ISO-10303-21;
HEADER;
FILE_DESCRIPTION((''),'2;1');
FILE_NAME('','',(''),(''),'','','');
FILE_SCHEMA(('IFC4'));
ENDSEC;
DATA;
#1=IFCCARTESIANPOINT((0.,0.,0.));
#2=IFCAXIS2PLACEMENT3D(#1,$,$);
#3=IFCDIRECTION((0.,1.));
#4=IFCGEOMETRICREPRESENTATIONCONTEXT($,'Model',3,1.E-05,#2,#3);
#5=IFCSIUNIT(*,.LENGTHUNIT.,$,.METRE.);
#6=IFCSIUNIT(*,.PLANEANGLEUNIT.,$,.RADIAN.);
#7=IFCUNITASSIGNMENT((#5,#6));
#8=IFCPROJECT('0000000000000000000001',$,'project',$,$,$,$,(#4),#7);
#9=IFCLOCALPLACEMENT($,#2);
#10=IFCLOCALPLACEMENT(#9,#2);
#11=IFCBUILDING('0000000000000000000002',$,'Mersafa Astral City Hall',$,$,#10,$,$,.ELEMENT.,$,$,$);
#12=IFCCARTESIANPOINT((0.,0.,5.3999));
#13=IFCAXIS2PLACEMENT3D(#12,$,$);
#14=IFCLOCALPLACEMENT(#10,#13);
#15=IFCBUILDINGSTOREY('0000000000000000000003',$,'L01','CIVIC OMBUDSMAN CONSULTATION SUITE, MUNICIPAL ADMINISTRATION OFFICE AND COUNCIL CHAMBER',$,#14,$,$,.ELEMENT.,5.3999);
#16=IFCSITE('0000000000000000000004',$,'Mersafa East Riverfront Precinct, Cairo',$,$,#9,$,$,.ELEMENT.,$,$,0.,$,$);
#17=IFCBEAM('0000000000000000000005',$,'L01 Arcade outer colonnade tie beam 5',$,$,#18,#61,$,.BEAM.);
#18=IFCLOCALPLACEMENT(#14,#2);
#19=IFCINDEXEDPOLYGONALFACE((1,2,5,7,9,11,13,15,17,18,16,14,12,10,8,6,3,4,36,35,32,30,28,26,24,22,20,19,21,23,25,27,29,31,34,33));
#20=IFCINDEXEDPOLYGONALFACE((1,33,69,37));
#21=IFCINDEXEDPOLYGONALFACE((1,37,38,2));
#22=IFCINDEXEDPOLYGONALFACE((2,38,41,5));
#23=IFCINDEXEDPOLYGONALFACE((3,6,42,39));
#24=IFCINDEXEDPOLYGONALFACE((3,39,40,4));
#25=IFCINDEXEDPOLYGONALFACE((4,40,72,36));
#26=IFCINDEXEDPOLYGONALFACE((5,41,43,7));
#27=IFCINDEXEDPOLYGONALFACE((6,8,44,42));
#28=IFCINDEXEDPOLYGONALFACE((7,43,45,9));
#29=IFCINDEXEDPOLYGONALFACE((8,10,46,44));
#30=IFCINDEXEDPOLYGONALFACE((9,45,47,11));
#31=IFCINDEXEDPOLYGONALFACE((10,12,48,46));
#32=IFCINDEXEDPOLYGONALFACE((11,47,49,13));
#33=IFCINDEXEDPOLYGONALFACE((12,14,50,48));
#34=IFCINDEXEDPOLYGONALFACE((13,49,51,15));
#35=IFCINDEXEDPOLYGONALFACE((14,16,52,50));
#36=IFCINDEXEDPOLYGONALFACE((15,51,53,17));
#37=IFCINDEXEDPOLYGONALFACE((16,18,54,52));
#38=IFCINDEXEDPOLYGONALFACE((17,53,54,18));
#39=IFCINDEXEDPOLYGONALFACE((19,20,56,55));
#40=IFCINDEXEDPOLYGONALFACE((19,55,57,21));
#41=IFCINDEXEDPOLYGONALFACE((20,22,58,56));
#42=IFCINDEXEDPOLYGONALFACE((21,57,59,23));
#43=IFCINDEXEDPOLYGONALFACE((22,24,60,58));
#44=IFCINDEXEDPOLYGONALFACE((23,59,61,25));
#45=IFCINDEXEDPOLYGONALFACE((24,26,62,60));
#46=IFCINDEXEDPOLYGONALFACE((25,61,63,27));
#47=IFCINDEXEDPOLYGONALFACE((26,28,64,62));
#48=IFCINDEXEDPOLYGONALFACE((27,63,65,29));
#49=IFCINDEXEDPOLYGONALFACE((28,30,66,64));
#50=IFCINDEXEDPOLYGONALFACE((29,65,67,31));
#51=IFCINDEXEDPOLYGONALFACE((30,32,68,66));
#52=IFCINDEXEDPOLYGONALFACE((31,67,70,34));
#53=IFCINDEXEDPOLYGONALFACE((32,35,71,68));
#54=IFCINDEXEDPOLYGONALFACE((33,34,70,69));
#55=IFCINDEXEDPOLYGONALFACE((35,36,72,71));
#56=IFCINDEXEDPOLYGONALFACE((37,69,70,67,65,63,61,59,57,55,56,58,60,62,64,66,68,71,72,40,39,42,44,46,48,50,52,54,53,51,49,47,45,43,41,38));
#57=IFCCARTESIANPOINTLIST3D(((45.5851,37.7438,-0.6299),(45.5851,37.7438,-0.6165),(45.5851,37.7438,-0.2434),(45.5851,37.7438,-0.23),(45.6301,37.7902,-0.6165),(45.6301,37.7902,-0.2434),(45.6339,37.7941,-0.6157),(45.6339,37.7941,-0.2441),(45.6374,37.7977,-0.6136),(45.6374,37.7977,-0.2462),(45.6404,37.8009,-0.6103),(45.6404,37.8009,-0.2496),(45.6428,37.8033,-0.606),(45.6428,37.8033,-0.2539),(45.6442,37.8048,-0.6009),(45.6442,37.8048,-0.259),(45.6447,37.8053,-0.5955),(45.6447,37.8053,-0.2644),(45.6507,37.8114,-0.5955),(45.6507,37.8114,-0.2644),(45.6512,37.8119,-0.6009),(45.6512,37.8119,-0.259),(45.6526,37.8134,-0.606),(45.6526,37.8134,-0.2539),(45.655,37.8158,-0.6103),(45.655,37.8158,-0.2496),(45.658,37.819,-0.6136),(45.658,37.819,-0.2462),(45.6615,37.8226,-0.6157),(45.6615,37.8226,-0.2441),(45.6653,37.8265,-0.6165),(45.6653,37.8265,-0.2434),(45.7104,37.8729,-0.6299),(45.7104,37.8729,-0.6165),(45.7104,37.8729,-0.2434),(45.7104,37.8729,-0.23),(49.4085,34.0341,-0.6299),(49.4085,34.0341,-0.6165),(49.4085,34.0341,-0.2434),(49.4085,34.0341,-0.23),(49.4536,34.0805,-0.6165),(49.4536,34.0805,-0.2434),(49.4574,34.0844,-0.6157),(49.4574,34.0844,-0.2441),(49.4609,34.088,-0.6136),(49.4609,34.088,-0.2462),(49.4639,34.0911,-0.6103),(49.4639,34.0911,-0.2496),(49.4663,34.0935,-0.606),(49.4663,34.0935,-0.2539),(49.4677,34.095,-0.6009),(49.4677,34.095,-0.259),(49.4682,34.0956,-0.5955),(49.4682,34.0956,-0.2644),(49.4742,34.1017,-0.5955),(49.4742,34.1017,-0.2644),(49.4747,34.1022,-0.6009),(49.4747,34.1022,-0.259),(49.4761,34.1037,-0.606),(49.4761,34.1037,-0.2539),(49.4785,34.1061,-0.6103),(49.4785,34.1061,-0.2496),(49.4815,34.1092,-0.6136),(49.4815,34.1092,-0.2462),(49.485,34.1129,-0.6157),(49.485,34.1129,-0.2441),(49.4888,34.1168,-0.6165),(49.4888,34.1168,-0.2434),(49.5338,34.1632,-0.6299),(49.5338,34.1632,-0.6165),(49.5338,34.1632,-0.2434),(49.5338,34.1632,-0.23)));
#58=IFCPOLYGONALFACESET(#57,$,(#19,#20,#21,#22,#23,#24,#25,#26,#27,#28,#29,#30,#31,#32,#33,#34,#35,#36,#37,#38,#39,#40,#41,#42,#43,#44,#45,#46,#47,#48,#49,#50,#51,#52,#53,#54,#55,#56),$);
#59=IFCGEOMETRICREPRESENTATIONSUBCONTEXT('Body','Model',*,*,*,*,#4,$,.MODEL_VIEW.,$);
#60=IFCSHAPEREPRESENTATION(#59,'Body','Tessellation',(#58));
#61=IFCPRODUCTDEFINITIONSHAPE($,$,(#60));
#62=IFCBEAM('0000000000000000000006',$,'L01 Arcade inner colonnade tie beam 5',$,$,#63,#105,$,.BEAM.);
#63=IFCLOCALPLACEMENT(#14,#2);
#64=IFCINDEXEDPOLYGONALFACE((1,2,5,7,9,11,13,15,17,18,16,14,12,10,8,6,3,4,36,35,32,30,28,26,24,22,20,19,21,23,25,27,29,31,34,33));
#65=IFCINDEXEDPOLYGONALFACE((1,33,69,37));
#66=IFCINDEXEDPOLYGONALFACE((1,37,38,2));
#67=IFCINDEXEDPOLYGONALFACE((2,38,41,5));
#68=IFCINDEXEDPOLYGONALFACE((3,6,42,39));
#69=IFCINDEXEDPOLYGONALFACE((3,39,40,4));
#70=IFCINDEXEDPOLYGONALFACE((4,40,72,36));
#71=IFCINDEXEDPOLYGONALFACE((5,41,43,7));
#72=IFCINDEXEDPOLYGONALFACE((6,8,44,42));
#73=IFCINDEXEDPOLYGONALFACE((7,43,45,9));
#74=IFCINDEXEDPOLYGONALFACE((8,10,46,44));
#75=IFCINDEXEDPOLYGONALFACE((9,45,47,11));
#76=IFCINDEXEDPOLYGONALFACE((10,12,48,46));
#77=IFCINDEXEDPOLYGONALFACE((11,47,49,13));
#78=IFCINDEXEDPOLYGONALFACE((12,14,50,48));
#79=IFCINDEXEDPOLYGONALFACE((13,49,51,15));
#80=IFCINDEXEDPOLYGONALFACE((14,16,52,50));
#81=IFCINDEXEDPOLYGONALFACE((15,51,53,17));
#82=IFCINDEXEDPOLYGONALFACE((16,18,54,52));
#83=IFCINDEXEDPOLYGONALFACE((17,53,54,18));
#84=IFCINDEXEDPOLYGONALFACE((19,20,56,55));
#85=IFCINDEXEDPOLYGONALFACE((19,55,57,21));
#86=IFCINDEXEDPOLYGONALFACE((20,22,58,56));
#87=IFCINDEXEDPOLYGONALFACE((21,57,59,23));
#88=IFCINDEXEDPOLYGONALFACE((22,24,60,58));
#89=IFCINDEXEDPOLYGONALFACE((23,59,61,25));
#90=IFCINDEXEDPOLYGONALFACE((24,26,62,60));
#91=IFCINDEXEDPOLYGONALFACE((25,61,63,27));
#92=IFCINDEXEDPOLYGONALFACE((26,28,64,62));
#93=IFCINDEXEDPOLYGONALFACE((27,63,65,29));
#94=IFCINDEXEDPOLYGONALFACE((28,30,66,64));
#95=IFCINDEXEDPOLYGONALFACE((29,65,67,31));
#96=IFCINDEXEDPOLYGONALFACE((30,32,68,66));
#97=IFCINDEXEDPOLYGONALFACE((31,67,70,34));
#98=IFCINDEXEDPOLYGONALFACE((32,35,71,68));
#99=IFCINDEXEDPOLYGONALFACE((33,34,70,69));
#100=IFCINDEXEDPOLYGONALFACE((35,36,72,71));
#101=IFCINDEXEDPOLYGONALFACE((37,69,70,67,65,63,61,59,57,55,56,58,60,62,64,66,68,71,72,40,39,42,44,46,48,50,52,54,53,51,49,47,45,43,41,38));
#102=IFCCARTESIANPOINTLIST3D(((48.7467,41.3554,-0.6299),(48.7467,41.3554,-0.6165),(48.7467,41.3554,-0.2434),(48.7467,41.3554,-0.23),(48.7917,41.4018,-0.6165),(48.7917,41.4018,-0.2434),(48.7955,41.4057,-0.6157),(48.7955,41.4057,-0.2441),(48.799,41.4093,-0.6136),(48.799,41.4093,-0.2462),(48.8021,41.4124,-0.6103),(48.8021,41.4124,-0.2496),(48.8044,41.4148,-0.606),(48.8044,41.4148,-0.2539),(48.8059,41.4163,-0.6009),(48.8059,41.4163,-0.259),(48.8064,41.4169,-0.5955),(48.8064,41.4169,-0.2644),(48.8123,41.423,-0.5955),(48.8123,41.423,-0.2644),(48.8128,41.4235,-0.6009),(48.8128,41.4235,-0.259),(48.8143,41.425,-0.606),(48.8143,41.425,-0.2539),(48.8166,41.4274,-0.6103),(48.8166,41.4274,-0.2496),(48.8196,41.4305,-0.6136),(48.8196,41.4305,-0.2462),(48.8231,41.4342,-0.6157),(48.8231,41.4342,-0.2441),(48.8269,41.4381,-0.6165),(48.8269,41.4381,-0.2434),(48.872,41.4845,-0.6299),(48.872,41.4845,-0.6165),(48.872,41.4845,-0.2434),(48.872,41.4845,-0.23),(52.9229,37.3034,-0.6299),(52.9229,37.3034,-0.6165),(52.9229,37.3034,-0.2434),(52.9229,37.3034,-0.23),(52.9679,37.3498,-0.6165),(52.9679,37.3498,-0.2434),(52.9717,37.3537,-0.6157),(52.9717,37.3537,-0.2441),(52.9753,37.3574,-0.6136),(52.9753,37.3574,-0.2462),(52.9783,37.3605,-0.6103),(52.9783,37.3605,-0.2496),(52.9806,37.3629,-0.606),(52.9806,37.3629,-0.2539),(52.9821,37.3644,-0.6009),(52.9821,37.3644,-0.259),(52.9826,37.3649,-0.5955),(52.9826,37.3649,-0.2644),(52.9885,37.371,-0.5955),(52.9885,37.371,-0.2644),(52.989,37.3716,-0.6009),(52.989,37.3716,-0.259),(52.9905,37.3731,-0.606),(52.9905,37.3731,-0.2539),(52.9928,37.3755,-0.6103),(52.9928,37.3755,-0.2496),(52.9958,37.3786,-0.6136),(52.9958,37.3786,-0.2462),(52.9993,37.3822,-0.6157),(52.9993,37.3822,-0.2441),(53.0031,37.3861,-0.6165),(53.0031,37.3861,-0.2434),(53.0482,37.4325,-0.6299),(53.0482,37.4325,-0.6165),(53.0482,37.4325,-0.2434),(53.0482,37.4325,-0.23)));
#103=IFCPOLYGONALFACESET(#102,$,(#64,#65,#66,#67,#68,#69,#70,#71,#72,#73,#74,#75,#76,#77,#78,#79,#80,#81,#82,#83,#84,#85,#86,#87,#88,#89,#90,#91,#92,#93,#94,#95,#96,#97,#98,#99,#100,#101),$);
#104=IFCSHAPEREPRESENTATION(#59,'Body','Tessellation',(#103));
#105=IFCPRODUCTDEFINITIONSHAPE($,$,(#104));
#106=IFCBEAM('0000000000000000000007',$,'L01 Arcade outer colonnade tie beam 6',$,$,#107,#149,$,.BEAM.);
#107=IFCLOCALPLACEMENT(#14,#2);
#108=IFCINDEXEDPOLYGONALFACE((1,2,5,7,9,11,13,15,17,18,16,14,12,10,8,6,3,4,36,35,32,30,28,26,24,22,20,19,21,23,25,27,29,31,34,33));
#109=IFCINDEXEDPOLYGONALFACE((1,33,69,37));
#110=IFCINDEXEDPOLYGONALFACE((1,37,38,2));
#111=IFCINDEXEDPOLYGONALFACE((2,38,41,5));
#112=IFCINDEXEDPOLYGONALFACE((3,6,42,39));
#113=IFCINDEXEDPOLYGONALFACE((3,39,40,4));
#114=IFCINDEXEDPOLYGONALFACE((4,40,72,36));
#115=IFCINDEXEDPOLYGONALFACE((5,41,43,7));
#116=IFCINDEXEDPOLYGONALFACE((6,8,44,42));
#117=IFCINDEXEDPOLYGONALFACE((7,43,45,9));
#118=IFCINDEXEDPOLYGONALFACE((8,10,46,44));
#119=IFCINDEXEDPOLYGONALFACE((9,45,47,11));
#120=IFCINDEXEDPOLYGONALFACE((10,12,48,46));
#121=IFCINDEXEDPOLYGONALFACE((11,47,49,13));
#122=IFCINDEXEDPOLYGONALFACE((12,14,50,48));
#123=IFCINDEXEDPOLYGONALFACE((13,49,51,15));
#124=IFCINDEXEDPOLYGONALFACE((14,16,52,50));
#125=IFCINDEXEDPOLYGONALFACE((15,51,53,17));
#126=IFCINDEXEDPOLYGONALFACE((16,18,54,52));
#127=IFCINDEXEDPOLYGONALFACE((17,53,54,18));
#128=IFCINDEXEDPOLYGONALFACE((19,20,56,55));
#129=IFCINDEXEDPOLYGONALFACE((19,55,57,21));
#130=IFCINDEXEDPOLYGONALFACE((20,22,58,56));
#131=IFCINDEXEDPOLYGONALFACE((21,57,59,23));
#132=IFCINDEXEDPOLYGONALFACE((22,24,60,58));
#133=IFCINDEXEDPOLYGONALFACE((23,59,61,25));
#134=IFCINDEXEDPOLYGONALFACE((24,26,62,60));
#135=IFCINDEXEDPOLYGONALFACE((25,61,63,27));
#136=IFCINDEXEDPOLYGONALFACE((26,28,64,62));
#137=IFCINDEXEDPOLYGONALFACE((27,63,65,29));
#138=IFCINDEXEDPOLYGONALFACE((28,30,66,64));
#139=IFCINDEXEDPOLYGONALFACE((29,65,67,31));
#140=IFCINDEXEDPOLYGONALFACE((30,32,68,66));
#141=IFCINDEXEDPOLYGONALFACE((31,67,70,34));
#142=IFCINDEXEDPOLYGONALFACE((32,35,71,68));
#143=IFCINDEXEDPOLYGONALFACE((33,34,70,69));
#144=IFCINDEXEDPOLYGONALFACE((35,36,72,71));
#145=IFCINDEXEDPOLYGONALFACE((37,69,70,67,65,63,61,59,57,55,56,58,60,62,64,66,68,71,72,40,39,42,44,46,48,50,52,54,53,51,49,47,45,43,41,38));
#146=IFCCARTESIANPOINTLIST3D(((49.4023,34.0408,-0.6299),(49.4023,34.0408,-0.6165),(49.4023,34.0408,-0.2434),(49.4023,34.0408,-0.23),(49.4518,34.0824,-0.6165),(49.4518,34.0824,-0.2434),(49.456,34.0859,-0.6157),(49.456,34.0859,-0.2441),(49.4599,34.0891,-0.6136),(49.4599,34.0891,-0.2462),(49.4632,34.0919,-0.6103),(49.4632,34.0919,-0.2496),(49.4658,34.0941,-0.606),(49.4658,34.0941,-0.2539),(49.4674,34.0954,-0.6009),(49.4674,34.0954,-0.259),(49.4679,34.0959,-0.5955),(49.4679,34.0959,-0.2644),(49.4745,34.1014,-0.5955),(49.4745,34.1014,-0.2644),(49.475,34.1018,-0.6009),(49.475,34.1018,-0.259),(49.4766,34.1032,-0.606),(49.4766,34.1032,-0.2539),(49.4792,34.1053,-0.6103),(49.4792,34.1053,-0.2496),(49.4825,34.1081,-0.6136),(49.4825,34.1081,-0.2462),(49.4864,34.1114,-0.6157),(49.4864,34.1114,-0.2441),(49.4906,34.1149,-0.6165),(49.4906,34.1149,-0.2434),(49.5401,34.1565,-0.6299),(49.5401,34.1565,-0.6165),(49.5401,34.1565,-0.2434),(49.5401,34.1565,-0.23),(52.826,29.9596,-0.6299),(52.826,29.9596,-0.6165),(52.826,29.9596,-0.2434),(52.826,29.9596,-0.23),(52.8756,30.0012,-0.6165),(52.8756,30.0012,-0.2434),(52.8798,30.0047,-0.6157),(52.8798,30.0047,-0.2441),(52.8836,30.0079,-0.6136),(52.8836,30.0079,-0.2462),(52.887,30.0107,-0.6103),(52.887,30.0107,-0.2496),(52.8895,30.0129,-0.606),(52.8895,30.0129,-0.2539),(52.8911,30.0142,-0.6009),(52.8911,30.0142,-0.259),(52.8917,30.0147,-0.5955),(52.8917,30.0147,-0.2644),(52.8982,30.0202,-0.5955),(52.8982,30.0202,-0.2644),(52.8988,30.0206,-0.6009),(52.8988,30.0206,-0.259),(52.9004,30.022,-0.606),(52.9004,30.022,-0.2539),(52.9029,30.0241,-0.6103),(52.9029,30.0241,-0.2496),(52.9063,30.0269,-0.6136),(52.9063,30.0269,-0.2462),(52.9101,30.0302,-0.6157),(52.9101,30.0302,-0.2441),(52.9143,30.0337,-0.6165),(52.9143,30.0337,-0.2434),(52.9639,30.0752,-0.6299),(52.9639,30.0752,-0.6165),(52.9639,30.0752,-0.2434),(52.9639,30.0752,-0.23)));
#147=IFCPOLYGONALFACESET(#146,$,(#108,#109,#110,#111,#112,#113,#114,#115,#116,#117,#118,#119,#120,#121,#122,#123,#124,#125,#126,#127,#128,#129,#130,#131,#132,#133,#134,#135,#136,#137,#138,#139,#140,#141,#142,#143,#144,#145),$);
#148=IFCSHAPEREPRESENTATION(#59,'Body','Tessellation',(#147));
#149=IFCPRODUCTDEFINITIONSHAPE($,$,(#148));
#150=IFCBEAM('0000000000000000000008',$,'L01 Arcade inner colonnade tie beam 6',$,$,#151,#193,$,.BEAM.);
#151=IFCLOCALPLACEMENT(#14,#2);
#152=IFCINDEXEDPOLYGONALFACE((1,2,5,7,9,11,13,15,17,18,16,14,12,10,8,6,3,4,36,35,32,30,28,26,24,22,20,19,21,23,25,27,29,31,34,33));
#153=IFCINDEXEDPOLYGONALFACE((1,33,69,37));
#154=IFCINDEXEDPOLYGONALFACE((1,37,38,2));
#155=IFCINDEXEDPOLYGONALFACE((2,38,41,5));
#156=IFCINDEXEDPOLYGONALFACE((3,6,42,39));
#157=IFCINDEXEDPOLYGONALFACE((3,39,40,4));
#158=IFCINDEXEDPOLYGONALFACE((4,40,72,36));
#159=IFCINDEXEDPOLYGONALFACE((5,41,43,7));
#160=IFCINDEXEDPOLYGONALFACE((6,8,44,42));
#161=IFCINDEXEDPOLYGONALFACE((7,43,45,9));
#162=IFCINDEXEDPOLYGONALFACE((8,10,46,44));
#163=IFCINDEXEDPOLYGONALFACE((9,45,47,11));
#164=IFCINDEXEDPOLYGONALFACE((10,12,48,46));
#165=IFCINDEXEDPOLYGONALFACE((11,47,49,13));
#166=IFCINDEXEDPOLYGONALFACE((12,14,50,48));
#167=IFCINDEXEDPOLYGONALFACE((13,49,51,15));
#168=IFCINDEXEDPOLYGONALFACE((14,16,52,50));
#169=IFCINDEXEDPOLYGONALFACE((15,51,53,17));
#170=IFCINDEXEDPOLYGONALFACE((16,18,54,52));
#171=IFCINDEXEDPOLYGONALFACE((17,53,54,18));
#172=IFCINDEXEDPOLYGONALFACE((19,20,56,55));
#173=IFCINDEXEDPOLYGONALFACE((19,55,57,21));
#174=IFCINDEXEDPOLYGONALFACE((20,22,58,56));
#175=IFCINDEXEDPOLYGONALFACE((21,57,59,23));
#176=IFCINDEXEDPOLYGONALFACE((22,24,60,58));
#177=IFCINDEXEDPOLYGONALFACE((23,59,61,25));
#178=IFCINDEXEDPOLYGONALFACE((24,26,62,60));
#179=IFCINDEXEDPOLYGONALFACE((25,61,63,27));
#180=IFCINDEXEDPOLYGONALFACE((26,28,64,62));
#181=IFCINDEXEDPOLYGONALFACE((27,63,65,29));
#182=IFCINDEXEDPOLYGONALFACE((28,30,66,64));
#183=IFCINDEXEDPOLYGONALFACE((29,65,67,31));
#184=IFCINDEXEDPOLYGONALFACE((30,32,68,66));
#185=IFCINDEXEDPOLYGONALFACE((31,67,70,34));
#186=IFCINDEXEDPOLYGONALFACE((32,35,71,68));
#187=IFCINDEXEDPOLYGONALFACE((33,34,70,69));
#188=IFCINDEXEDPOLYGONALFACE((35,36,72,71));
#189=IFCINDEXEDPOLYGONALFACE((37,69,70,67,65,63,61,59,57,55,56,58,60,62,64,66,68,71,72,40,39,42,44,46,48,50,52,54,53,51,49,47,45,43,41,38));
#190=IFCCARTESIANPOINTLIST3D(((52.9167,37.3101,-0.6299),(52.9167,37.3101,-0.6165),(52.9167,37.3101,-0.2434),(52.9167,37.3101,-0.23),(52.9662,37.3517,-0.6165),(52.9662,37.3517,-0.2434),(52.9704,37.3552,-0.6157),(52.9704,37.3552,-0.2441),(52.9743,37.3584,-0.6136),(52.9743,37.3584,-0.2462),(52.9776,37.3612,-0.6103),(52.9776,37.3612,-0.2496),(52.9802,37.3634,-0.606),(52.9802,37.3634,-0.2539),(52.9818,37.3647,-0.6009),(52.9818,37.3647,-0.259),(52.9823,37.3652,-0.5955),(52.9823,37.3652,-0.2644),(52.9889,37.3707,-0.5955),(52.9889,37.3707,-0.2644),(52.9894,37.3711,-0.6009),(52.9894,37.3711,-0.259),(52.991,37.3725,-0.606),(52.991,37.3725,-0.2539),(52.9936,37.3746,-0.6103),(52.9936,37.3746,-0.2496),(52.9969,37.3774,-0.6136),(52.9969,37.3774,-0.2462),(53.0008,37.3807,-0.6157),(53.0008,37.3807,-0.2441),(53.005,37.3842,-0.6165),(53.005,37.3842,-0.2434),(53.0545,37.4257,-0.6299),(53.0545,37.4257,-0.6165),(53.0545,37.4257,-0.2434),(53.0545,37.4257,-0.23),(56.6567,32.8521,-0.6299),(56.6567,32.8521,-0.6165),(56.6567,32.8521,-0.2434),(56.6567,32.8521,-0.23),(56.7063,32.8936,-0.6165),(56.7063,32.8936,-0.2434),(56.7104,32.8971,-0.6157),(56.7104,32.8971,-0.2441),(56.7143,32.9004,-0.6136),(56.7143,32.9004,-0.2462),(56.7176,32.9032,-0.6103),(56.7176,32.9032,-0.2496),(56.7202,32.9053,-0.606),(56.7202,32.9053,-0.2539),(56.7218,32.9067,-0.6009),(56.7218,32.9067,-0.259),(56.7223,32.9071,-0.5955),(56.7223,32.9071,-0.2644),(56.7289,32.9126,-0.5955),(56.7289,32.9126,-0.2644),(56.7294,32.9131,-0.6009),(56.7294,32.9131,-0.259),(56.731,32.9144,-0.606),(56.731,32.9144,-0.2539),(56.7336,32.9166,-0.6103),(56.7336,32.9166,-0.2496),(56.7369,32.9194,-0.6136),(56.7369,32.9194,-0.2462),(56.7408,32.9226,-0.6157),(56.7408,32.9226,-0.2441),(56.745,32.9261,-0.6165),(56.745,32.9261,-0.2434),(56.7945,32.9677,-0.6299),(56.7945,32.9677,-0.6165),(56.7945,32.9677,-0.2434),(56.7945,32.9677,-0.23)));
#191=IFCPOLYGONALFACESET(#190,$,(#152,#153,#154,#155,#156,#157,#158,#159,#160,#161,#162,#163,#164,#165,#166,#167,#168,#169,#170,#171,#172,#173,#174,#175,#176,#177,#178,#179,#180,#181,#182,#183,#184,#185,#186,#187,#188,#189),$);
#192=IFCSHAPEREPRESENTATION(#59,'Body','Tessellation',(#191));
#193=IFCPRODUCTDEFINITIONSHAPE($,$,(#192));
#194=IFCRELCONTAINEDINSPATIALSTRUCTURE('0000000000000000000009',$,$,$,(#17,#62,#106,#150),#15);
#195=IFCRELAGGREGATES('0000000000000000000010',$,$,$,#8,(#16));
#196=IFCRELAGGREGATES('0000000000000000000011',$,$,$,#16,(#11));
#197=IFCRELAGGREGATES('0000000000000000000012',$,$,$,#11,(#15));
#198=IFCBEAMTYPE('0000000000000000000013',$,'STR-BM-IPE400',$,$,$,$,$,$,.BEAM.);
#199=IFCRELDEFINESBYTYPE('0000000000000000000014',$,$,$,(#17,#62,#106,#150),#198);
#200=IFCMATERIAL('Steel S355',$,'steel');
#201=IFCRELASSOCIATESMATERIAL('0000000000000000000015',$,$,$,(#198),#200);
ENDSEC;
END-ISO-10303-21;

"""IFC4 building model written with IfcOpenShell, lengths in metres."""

from ifc_helpers import new_model, si_unit, direction, frame, origin, origin_2d, place, context, subcontext, project, spatial, i_section, extrude, material, material_profile, profile_set, type_object, element, save


model = new_model("IFC4")

# Units and contexts
model_context = context("Model", 3, precision=1e-05, world=origin(), true_north=direction((0.0, 1.0)))
body_context = subcontext(model_context, "Body", "Model", "MODEL_VIEW")
ifc_project = project(units=[si_unit("LENGTHUNIT", "METRE"), si_unit("PLANEANGLEUNIT", "RADIAN")], contexts=[model_context])

# Site, building, storey
site_placement = place(None, origin())
site = spatial("IfcSite", under=ifc_project, at=site_placement, Name="Mersafa East Riverfront Precinct, Cairo", CompositionType="ELEMENT", RefElevation=0.0)
building_placement = place(site_placement, origin())
building = spatial("IfcBuilding", under=site, at=building_placement, Name="Mersafa Astral City Hall", CompositionType="ELEMENT")
storey_placement = place(building_placement, frame((0.0, 0.0, 5.3999)))
storey = spatial("IfcBuildingStorey", under=building, at=storey_placement, Name="L01", Description="CIVIC OMBUDSMAN CONSULTATION SUITE, MUNICIPAL ADMINISTRATION OFFICE AND COUNCIL CHAMBER", CompositionType="ELEMENT", Elevation=5.3999)

# Shared definitions
ifc_material_1 = material(Name="Steel S355", Category="steel")

# Beams
ifc_material_profile_1 = material_profile(ifc_material_1, i_section(OverallWidth=0.1799, OverallDepth=0.3999, WebThickness=0.0085, FlangeThickness=0.0134, FilletRadius=0.021, at=origin_2d()), Name="IPE 400")
ifc_profile_set_1 = profile_set([ifc_material_profile_1], Name="Steel S355")
beam_type_1 = type_object("IfcBeamType", Name="STR-BM-IPE400", PredefinedType="BEAM", material=ifc_profile_set_1)
beam_1_placement = place(storey_placement, frame((45.6477, 37.8083, -0.4299), z_axis=(0.717704, -0.696348, 0.0), x_axis=(0.696348, 0.717704, 0.0)))
element("IfcBeam", 1, at=beam_1_placement, inside=storey, type_object=beam_type_1, Name="L01 Arcade outer colonnade tie beam 5", PredefinedType="BEAM", context=body_context, shape_type="SweptSolid", body=[
    extrude(i_section(OverallWidth=0.1799, OverallDepth=0.3999, WebThickness=0.0085, FlangeThickness=0.0134, FilletRadius=0.021, at=origin_2d()), origin(), (0.0, 0.0, 1.0), 5.3274),
])
beam_2_placement = place(storey_placement, frame((48.8093, 41.4199, -0.4299), z_axis=(0.717704, -0.696348, 0.0), x_axis=(0.696348, 0.717704, 0.0)))
element("IfcBeam", 2, at=beam_2_placement, inside=storey, type_object=beam_type_1, Name="L01 Arcade inner colonnade tie beam 5", PredefinedType="BEAM", context=body_context, shape_type="SweptSolid", body=[
    extrude(i_section(OverallWidth=0.1799, OverallDepth=0.3999, WebThickness=0.0085, FlangeThickness=0.0134, FilletRadius=0.021, at=origin_2d()), origin(), (0.0, 0.0, 1.0), 5.8188),
])
beam_3_placement = place(storey_placement, frame((49.4712, 34.0986, -0.4299), z_axis=(0.642701, -0.766117, 0.0), x_axis=(0.766117, 0.642701, 0.0)))
element("IfcBeam", 3, at=beam_3_placement, inside=storey, type_object=beam_type_1, Name="L01 Arcade outer colonnade tie beam 6", PredefinedType="BEAM", context=body_context, shape_type="SweptSolid", body=[
    extrude(i_section(OverallWidth=0.1799, OverallDepth=0.3999, WebThickness=0.0085, FlangeThickness=0.0134, FilletRadius=0.021, at=origin_2d()), origin(), (0.0, 0.0, 1.0), 5.3271),
])
beam_4_placement = place(storey_placement, frame((52.9856, 37.3679, -0.4299), z_axis=(0.642715, -0.766106, 0.0), x_axis=(0.766106, 0.642715, 0.0)))
element("IfcBeam", 4, at=beam_4_placement, inside=storey, type_object=beam_type_1, Name="L01 Arcade inner colonnade tie beam 6", PredefinedType="BEAM", context=body_context, shape_type="SweptSolid", body=[
    extrude(i_section(OverallWidth=0.1799, OverallDepth=0.3999, WebThickness=0.0085, FlangeThickness=0.0134, FilletRadius=0.021, at=origin_2d()), origin(), (0.0, 0.0, 1.0), 5.8191),
])

save(model, "model.ifc")
